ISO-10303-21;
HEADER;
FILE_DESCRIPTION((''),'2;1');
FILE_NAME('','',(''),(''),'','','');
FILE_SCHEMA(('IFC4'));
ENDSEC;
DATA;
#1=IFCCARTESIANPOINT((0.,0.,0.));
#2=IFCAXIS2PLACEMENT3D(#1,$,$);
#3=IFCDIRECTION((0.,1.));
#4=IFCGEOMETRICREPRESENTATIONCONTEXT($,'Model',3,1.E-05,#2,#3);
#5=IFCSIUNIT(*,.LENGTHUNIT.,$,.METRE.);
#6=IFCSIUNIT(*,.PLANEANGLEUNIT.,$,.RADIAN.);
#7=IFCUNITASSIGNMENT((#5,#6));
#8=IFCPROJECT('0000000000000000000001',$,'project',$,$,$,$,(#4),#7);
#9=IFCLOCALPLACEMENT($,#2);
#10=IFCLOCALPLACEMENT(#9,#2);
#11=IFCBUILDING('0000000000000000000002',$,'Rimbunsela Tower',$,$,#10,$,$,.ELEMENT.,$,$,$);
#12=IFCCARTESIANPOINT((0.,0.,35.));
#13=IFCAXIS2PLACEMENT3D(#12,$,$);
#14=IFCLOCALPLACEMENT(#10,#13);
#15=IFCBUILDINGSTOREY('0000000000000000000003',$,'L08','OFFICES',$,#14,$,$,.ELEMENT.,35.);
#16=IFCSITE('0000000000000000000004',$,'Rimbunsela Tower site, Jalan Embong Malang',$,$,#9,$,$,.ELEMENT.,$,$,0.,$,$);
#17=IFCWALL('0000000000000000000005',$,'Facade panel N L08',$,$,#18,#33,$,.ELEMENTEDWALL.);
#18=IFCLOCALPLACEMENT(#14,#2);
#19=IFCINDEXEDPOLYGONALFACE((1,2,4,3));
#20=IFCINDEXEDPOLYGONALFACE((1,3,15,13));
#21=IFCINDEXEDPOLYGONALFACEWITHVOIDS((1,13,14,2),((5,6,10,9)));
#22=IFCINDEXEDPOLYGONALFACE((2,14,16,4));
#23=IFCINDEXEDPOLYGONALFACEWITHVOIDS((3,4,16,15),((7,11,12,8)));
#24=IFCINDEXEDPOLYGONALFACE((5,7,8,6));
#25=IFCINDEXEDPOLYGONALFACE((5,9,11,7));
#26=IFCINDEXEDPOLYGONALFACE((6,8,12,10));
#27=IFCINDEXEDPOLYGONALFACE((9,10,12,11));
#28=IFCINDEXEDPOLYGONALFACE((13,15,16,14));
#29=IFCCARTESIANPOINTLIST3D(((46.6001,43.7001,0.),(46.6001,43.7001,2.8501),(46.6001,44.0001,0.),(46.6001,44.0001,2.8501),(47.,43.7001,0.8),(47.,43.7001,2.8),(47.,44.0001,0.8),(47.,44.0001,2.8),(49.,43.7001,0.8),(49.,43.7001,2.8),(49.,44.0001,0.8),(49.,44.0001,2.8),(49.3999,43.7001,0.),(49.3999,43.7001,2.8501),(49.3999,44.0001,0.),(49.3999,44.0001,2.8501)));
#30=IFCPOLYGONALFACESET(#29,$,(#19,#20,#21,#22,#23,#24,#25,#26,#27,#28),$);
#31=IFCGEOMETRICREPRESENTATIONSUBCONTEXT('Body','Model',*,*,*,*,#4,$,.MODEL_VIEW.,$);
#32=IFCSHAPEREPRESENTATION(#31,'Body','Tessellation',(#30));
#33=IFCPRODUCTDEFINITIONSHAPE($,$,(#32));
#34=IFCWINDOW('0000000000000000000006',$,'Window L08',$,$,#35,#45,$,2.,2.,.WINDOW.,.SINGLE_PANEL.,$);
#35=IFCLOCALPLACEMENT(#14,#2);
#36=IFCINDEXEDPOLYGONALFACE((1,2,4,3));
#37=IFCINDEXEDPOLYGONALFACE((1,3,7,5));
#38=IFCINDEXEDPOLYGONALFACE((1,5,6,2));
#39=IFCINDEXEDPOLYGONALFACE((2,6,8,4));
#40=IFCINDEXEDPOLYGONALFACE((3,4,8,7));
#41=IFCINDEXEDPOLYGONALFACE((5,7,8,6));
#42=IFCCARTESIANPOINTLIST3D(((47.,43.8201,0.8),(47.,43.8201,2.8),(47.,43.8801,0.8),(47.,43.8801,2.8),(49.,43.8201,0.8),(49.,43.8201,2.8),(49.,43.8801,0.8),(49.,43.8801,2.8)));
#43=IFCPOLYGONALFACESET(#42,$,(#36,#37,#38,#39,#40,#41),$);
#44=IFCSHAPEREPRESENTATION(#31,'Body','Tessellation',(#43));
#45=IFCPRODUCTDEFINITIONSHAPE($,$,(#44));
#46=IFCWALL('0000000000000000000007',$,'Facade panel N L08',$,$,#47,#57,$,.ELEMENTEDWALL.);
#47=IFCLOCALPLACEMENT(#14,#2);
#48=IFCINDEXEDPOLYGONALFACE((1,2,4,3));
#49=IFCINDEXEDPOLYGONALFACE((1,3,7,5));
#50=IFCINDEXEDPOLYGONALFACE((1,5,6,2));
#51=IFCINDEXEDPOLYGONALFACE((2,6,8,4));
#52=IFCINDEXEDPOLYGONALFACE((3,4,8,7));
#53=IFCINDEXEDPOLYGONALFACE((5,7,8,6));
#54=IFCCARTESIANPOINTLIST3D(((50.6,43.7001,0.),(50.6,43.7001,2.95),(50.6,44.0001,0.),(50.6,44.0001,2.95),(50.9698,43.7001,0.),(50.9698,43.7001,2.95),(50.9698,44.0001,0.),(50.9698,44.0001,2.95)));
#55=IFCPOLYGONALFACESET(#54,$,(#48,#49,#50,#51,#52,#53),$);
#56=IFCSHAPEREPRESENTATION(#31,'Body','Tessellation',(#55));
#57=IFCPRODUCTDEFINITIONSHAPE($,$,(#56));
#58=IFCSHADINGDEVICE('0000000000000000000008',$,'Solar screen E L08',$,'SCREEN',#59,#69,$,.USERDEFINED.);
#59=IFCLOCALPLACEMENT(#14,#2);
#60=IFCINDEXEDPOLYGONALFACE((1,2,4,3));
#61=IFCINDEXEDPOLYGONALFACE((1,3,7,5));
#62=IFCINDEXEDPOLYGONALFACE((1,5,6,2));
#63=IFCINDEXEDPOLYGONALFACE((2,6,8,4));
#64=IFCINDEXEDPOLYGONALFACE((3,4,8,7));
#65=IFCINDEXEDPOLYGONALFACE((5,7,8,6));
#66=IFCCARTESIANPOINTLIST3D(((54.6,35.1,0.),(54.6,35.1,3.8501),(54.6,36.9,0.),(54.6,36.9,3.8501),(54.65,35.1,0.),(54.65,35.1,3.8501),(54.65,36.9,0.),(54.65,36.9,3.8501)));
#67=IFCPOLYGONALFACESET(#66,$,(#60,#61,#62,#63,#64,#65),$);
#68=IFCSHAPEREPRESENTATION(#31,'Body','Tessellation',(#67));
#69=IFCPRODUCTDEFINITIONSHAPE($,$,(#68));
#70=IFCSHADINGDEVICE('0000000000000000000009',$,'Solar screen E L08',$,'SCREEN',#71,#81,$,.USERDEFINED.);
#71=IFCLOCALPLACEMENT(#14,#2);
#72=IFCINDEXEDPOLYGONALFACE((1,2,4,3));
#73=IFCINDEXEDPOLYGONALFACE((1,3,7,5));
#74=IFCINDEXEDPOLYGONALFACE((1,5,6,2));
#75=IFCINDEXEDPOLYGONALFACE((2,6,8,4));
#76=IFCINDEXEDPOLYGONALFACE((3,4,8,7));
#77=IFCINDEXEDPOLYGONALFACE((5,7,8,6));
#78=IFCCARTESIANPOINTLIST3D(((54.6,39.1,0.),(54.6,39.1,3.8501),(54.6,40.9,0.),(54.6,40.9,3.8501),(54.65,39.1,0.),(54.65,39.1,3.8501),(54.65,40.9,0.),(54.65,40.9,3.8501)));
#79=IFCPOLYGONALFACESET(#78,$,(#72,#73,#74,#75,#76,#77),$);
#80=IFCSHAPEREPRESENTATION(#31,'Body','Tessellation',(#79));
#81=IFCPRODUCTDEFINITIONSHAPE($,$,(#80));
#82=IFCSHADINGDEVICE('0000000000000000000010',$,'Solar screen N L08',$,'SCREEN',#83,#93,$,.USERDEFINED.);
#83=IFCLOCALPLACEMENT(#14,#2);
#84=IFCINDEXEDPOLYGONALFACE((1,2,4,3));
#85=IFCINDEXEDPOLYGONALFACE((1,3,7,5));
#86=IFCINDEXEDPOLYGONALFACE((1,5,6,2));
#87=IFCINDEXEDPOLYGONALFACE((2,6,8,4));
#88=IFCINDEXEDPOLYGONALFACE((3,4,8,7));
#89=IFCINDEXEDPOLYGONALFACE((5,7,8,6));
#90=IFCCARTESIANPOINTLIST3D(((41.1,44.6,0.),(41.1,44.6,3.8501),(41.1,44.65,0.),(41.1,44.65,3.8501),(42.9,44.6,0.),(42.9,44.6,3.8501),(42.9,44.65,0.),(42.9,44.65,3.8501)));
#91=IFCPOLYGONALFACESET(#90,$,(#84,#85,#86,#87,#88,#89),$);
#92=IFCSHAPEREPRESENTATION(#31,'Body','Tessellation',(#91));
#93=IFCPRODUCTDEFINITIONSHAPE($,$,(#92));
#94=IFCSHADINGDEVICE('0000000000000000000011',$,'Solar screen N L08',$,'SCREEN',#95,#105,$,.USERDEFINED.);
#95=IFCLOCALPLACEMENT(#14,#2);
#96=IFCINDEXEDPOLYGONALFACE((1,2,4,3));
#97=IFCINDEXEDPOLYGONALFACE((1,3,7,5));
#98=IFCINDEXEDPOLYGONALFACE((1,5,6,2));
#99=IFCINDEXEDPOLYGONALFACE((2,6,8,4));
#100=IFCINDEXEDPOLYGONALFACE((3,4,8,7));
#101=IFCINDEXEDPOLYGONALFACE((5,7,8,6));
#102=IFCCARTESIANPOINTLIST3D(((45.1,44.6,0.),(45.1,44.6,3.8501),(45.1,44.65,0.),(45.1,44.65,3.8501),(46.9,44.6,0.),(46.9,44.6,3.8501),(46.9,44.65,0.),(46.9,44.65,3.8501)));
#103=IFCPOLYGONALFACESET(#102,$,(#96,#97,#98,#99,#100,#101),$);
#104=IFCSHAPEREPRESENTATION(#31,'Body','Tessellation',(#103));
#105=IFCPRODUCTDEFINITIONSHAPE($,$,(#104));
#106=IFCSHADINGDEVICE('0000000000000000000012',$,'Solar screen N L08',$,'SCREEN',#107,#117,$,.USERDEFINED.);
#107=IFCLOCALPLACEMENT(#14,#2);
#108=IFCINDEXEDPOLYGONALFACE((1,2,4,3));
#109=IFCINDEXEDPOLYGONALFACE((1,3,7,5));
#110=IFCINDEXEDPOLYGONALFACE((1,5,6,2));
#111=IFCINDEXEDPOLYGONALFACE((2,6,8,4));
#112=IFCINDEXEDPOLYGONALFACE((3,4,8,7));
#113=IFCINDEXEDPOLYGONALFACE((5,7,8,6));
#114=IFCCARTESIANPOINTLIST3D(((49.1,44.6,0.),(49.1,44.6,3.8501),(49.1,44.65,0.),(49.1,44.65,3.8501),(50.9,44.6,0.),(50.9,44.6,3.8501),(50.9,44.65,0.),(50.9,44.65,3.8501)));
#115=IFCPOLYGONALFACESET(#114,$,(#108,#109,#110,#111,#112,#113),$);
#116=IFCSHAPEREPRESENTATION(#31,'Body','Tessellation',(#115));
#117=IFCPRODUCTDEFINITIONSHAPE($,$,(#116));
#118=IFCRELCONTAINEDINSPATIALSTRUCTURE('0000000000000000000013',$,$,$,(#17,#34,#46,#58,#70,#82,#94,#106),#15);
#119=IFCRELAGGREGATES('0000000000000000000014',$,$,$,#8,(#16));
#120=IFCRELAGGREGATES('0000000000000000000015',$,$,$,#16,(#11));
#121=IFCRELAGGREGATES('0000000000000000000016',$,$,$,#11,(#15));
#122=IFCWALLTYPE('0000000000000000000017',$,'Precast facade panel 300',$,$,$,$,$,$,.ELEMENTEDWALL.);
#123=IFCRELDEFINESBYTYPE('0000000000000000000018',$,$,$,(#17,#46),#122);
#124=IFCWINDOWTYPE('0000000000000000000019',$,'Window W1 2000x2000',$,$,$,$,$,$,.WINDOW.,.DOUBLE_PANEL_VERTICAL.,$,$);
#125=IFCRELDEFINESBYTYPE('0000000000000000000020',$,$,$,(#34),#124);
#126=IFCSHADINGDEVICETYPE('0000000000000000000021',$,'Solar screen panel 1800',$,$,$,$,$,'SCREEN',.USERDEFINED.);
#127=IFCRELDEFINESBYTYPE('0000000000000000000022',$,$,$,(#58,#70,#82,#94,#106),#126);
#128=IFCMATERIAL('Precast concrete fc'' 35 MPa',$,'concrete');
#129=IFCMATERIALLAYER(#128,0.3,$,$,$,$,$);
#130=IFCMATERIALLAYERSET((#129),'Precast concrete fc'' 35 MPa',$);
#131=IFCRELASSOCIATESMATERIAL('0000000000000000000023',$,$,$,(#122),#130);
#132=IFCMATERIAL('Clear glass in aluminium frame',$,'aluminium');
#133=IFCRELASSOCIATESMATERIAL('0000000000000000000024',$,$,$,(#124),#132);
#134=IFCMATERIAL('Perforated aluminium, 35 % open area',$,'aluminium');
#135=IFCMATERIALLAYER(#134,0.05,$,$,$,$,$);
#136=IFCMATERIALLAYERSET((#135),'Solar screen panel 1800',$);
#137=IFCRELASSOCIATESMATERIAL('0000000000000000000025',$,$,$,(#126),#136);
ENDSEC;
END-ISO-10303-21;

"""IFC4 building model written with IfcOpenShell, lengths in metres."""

from ifc_helpers import new_model, si_unit, direction, frame, frame_2d, origin, origin_2d, place, context, subcontext, project, spatial, rectangle, extrude, material, layer, layer_set, type_object, element, fill, save


model = new_model("IFC4")

# Units and contexts
model_context = context("Model", 3, precision=1e-05, world=origin(), true_north=direction((0.0, 1.0)))
body_context = subcontext(model_context, "Body", "Model", "MODEL_VIEW")
ifc_project = project(units=[si_unit("LENGTHUNIT", "METRE"), si_unit("PLANEANGLEUNIT", "RADIAN")], contexts=[model_context])

# Site, building, storey
site_placement = place(None, origin())
site = spatial("IfcSite", under=ifc_project, at=site_placement, Name="Rimbunsela Tower site, Jalan Embong Malang", CompositionType="ELEMENT", RefElevation=0.0)
building_placement = place(site_placement, origin())
building = spatial("IfcBuilding", under=site, at=building_placement, Name="Rimbunsela Tower", CompositionType="ELEMENT")
storey_placement = place(building_placement, frame((0.0, 0.0, 35.0)))
storey = spatial("IfcBuildingStorey", under=building, at=storey_placement, Name="L08", Description="OFFICES", CompositionType="ELEMENT", Elevation=35.0)

# Shared definitions
ifc_material_1 = material(Name="Precast concrete fc' 35 MPa", Category="concrete")
ifc_layer_1 = layer(ifc_material_1, 0.3)
ifc_layer_set_1 = layer_set([ifc_layer_1], Name="Precast concrete fc' 35 MPa")
wall_type = type_object("IfcWallType", Name="Precast facade panel 300", PredefinedType="ELEMENTEDWALL", material=ifc_layer_set_1)
ifc_material_2 = material(Name="Clear glass in aluminium frame", Category="aluminium")
window_type = type_object("IfcWindowType", Name="Window W1 2000x2000", PartitioningType="DOUBLE_PANEL_VERTICAL", PredefinedType="WINDOW", material=ifc_material_2)

# Wall, opening, window
wall_1_placement = place(storey_placement, frame((49.3999, 43.8501, 0.0), z_axis=(0.0, 0.0, 1.0), x_axis=(-1.0, 0.0, 0.0)))
wall_1 = element("IfcWall", 1, at=wall_1_placement, inside=storey, type_object=wall_type, Name="Facade panel N L08", PredefinedType="ELEMENTEDWALL", context=body_context, shape_type="SweptSolid", body=[
    extrude(rectangle(XDim=2.7998, YDim=0.3, at=frame_2d((1.3999, 0.0))), origin(), (0.0, 0.0, 1.0), 2.8501),
])
opening_1_placement = place(wall_1_placement, frame((0.3999, 0.0, 0.8)))
opening_1 = element("IfcOpeningElement", 2, at=opening_1_placement, cuts=wall_1, PredefinedType="OPENING", context=body_context, shape_type="SweptSolid", body=[
    extrude(rectangle(XDim=2.0, YDim=2.0, at=frame_2d((1.0, 1.0))), frame((0.0, 0.1599, 0.0), z_axis=(0.0, -1.0, 0.0), x_axis=(1.0, 0.0, 0.0)), (0.0, 0.0, 1.0), 0.3201),
])
window_1_placement = place(opening_1_placement, origin())
window_1 = element("IfcWindow", 3, at=window_1_placement, inside=storey, type_object=window_type, Name="Window L08", OverallHeight=2.0, OverallWidth=2.0, PartitioningType="SINGLE_PANEL", PredefinedType="WINDOW", context=body_context, shape_type="SweptSolid", body=[
    extrude(rectangle(XDim=2.0, YDim=2.0, at=frame_2d((1.0, 1.0))), frame((0.0, 0.03, 0.0), z_axis=(0.0, -1.0, 0.0), x_axis=(1.0, 0.0, 0.0)), (0.0, 0.0, 1.0), 0.0601),
])
fill(opening_1, window_1)

# Wall
wall_2_placement = place(storey_placement, frame((50.97, 43.8501, 0.0), z_axis=(0.0, 0.0, 1.0), x_axis=(-1.0, 0.0, 0.0)))
element("IfcWall", 4, at=wall_2_placement, inside=storey, type_object=wall_type, Name="Facade panel N L08", PredefinedType="ELEMENTEDWALL", context=body_context, shape_type="SweptSolid", body=[
    extrude(rectangle(XDim=0.3699, YDim=0.3, at=frame_2d((0.1851, 0.0))), origin(), (0.0, 0.0, 1.0), 2.95),
])

# Shading devices
ifc_material_3 = material(Name="Perforated aluminium, 35 % open area", Category="aluminium")
ifc_layer_2 = layer(ifc_material_3, 0.05)
ifc_layer_set_2 = layer_set([ifc_layer_2], Name="Solar screen panel 1800")
shading_device_type = type_object("IfcShadingDeviceType", Name="Solar screen panel 1800", ElementType="SCREEN", PredefinedType="USERDEFINED", material=ifc_layer_set_2)
for number, where, z_axis, x_axis, name in (
    (5, (54.625, 36.0, 0.0), (0.0, 0.0, 1.0), (0.0, 1.0, 0.0), "Solar screen E L08"),
    (6, (54.625, 40.0, 0.0), (0.0, 0.0, 1.0), (0.0, 1.0, 0.0), "Solar screen E L08"),
    (7, (42.0, 44.625, 0.0), (0.0, 0.0, 1.0), (1.0, 0.0, 0.0), "Solar screen N L08"),
    (8, (46.0, 44.625, 0.0), (0.0, 0.0, 1.0), (1.0, 0.0, 0.0), "Solar screen N L08"),
    (9, (50.0, 44.625, 0.0), (0.0, 0.0, 1.0), (1.0, 0.0, 0.0), "Solar screen N L08"),
):
    element("IfcShadingDevice", number, at=place(storey_placement, frame(where, z_axis=z_axis, x_axis=x_axis)), inside=storey, type_object=shading_device_type, Name=name, ObjectType="SCREEN", PredefinedType="USERDEFINED", context=body_context, shape_type="SweptSolid", body=[
        extrude(rectangle(XDim=1.8, YDim=0.05, at=origin_2d()), origin(), (0.0, 0.0, 1.0), 3.8501),
    ])

save(model, "model.ifc")
